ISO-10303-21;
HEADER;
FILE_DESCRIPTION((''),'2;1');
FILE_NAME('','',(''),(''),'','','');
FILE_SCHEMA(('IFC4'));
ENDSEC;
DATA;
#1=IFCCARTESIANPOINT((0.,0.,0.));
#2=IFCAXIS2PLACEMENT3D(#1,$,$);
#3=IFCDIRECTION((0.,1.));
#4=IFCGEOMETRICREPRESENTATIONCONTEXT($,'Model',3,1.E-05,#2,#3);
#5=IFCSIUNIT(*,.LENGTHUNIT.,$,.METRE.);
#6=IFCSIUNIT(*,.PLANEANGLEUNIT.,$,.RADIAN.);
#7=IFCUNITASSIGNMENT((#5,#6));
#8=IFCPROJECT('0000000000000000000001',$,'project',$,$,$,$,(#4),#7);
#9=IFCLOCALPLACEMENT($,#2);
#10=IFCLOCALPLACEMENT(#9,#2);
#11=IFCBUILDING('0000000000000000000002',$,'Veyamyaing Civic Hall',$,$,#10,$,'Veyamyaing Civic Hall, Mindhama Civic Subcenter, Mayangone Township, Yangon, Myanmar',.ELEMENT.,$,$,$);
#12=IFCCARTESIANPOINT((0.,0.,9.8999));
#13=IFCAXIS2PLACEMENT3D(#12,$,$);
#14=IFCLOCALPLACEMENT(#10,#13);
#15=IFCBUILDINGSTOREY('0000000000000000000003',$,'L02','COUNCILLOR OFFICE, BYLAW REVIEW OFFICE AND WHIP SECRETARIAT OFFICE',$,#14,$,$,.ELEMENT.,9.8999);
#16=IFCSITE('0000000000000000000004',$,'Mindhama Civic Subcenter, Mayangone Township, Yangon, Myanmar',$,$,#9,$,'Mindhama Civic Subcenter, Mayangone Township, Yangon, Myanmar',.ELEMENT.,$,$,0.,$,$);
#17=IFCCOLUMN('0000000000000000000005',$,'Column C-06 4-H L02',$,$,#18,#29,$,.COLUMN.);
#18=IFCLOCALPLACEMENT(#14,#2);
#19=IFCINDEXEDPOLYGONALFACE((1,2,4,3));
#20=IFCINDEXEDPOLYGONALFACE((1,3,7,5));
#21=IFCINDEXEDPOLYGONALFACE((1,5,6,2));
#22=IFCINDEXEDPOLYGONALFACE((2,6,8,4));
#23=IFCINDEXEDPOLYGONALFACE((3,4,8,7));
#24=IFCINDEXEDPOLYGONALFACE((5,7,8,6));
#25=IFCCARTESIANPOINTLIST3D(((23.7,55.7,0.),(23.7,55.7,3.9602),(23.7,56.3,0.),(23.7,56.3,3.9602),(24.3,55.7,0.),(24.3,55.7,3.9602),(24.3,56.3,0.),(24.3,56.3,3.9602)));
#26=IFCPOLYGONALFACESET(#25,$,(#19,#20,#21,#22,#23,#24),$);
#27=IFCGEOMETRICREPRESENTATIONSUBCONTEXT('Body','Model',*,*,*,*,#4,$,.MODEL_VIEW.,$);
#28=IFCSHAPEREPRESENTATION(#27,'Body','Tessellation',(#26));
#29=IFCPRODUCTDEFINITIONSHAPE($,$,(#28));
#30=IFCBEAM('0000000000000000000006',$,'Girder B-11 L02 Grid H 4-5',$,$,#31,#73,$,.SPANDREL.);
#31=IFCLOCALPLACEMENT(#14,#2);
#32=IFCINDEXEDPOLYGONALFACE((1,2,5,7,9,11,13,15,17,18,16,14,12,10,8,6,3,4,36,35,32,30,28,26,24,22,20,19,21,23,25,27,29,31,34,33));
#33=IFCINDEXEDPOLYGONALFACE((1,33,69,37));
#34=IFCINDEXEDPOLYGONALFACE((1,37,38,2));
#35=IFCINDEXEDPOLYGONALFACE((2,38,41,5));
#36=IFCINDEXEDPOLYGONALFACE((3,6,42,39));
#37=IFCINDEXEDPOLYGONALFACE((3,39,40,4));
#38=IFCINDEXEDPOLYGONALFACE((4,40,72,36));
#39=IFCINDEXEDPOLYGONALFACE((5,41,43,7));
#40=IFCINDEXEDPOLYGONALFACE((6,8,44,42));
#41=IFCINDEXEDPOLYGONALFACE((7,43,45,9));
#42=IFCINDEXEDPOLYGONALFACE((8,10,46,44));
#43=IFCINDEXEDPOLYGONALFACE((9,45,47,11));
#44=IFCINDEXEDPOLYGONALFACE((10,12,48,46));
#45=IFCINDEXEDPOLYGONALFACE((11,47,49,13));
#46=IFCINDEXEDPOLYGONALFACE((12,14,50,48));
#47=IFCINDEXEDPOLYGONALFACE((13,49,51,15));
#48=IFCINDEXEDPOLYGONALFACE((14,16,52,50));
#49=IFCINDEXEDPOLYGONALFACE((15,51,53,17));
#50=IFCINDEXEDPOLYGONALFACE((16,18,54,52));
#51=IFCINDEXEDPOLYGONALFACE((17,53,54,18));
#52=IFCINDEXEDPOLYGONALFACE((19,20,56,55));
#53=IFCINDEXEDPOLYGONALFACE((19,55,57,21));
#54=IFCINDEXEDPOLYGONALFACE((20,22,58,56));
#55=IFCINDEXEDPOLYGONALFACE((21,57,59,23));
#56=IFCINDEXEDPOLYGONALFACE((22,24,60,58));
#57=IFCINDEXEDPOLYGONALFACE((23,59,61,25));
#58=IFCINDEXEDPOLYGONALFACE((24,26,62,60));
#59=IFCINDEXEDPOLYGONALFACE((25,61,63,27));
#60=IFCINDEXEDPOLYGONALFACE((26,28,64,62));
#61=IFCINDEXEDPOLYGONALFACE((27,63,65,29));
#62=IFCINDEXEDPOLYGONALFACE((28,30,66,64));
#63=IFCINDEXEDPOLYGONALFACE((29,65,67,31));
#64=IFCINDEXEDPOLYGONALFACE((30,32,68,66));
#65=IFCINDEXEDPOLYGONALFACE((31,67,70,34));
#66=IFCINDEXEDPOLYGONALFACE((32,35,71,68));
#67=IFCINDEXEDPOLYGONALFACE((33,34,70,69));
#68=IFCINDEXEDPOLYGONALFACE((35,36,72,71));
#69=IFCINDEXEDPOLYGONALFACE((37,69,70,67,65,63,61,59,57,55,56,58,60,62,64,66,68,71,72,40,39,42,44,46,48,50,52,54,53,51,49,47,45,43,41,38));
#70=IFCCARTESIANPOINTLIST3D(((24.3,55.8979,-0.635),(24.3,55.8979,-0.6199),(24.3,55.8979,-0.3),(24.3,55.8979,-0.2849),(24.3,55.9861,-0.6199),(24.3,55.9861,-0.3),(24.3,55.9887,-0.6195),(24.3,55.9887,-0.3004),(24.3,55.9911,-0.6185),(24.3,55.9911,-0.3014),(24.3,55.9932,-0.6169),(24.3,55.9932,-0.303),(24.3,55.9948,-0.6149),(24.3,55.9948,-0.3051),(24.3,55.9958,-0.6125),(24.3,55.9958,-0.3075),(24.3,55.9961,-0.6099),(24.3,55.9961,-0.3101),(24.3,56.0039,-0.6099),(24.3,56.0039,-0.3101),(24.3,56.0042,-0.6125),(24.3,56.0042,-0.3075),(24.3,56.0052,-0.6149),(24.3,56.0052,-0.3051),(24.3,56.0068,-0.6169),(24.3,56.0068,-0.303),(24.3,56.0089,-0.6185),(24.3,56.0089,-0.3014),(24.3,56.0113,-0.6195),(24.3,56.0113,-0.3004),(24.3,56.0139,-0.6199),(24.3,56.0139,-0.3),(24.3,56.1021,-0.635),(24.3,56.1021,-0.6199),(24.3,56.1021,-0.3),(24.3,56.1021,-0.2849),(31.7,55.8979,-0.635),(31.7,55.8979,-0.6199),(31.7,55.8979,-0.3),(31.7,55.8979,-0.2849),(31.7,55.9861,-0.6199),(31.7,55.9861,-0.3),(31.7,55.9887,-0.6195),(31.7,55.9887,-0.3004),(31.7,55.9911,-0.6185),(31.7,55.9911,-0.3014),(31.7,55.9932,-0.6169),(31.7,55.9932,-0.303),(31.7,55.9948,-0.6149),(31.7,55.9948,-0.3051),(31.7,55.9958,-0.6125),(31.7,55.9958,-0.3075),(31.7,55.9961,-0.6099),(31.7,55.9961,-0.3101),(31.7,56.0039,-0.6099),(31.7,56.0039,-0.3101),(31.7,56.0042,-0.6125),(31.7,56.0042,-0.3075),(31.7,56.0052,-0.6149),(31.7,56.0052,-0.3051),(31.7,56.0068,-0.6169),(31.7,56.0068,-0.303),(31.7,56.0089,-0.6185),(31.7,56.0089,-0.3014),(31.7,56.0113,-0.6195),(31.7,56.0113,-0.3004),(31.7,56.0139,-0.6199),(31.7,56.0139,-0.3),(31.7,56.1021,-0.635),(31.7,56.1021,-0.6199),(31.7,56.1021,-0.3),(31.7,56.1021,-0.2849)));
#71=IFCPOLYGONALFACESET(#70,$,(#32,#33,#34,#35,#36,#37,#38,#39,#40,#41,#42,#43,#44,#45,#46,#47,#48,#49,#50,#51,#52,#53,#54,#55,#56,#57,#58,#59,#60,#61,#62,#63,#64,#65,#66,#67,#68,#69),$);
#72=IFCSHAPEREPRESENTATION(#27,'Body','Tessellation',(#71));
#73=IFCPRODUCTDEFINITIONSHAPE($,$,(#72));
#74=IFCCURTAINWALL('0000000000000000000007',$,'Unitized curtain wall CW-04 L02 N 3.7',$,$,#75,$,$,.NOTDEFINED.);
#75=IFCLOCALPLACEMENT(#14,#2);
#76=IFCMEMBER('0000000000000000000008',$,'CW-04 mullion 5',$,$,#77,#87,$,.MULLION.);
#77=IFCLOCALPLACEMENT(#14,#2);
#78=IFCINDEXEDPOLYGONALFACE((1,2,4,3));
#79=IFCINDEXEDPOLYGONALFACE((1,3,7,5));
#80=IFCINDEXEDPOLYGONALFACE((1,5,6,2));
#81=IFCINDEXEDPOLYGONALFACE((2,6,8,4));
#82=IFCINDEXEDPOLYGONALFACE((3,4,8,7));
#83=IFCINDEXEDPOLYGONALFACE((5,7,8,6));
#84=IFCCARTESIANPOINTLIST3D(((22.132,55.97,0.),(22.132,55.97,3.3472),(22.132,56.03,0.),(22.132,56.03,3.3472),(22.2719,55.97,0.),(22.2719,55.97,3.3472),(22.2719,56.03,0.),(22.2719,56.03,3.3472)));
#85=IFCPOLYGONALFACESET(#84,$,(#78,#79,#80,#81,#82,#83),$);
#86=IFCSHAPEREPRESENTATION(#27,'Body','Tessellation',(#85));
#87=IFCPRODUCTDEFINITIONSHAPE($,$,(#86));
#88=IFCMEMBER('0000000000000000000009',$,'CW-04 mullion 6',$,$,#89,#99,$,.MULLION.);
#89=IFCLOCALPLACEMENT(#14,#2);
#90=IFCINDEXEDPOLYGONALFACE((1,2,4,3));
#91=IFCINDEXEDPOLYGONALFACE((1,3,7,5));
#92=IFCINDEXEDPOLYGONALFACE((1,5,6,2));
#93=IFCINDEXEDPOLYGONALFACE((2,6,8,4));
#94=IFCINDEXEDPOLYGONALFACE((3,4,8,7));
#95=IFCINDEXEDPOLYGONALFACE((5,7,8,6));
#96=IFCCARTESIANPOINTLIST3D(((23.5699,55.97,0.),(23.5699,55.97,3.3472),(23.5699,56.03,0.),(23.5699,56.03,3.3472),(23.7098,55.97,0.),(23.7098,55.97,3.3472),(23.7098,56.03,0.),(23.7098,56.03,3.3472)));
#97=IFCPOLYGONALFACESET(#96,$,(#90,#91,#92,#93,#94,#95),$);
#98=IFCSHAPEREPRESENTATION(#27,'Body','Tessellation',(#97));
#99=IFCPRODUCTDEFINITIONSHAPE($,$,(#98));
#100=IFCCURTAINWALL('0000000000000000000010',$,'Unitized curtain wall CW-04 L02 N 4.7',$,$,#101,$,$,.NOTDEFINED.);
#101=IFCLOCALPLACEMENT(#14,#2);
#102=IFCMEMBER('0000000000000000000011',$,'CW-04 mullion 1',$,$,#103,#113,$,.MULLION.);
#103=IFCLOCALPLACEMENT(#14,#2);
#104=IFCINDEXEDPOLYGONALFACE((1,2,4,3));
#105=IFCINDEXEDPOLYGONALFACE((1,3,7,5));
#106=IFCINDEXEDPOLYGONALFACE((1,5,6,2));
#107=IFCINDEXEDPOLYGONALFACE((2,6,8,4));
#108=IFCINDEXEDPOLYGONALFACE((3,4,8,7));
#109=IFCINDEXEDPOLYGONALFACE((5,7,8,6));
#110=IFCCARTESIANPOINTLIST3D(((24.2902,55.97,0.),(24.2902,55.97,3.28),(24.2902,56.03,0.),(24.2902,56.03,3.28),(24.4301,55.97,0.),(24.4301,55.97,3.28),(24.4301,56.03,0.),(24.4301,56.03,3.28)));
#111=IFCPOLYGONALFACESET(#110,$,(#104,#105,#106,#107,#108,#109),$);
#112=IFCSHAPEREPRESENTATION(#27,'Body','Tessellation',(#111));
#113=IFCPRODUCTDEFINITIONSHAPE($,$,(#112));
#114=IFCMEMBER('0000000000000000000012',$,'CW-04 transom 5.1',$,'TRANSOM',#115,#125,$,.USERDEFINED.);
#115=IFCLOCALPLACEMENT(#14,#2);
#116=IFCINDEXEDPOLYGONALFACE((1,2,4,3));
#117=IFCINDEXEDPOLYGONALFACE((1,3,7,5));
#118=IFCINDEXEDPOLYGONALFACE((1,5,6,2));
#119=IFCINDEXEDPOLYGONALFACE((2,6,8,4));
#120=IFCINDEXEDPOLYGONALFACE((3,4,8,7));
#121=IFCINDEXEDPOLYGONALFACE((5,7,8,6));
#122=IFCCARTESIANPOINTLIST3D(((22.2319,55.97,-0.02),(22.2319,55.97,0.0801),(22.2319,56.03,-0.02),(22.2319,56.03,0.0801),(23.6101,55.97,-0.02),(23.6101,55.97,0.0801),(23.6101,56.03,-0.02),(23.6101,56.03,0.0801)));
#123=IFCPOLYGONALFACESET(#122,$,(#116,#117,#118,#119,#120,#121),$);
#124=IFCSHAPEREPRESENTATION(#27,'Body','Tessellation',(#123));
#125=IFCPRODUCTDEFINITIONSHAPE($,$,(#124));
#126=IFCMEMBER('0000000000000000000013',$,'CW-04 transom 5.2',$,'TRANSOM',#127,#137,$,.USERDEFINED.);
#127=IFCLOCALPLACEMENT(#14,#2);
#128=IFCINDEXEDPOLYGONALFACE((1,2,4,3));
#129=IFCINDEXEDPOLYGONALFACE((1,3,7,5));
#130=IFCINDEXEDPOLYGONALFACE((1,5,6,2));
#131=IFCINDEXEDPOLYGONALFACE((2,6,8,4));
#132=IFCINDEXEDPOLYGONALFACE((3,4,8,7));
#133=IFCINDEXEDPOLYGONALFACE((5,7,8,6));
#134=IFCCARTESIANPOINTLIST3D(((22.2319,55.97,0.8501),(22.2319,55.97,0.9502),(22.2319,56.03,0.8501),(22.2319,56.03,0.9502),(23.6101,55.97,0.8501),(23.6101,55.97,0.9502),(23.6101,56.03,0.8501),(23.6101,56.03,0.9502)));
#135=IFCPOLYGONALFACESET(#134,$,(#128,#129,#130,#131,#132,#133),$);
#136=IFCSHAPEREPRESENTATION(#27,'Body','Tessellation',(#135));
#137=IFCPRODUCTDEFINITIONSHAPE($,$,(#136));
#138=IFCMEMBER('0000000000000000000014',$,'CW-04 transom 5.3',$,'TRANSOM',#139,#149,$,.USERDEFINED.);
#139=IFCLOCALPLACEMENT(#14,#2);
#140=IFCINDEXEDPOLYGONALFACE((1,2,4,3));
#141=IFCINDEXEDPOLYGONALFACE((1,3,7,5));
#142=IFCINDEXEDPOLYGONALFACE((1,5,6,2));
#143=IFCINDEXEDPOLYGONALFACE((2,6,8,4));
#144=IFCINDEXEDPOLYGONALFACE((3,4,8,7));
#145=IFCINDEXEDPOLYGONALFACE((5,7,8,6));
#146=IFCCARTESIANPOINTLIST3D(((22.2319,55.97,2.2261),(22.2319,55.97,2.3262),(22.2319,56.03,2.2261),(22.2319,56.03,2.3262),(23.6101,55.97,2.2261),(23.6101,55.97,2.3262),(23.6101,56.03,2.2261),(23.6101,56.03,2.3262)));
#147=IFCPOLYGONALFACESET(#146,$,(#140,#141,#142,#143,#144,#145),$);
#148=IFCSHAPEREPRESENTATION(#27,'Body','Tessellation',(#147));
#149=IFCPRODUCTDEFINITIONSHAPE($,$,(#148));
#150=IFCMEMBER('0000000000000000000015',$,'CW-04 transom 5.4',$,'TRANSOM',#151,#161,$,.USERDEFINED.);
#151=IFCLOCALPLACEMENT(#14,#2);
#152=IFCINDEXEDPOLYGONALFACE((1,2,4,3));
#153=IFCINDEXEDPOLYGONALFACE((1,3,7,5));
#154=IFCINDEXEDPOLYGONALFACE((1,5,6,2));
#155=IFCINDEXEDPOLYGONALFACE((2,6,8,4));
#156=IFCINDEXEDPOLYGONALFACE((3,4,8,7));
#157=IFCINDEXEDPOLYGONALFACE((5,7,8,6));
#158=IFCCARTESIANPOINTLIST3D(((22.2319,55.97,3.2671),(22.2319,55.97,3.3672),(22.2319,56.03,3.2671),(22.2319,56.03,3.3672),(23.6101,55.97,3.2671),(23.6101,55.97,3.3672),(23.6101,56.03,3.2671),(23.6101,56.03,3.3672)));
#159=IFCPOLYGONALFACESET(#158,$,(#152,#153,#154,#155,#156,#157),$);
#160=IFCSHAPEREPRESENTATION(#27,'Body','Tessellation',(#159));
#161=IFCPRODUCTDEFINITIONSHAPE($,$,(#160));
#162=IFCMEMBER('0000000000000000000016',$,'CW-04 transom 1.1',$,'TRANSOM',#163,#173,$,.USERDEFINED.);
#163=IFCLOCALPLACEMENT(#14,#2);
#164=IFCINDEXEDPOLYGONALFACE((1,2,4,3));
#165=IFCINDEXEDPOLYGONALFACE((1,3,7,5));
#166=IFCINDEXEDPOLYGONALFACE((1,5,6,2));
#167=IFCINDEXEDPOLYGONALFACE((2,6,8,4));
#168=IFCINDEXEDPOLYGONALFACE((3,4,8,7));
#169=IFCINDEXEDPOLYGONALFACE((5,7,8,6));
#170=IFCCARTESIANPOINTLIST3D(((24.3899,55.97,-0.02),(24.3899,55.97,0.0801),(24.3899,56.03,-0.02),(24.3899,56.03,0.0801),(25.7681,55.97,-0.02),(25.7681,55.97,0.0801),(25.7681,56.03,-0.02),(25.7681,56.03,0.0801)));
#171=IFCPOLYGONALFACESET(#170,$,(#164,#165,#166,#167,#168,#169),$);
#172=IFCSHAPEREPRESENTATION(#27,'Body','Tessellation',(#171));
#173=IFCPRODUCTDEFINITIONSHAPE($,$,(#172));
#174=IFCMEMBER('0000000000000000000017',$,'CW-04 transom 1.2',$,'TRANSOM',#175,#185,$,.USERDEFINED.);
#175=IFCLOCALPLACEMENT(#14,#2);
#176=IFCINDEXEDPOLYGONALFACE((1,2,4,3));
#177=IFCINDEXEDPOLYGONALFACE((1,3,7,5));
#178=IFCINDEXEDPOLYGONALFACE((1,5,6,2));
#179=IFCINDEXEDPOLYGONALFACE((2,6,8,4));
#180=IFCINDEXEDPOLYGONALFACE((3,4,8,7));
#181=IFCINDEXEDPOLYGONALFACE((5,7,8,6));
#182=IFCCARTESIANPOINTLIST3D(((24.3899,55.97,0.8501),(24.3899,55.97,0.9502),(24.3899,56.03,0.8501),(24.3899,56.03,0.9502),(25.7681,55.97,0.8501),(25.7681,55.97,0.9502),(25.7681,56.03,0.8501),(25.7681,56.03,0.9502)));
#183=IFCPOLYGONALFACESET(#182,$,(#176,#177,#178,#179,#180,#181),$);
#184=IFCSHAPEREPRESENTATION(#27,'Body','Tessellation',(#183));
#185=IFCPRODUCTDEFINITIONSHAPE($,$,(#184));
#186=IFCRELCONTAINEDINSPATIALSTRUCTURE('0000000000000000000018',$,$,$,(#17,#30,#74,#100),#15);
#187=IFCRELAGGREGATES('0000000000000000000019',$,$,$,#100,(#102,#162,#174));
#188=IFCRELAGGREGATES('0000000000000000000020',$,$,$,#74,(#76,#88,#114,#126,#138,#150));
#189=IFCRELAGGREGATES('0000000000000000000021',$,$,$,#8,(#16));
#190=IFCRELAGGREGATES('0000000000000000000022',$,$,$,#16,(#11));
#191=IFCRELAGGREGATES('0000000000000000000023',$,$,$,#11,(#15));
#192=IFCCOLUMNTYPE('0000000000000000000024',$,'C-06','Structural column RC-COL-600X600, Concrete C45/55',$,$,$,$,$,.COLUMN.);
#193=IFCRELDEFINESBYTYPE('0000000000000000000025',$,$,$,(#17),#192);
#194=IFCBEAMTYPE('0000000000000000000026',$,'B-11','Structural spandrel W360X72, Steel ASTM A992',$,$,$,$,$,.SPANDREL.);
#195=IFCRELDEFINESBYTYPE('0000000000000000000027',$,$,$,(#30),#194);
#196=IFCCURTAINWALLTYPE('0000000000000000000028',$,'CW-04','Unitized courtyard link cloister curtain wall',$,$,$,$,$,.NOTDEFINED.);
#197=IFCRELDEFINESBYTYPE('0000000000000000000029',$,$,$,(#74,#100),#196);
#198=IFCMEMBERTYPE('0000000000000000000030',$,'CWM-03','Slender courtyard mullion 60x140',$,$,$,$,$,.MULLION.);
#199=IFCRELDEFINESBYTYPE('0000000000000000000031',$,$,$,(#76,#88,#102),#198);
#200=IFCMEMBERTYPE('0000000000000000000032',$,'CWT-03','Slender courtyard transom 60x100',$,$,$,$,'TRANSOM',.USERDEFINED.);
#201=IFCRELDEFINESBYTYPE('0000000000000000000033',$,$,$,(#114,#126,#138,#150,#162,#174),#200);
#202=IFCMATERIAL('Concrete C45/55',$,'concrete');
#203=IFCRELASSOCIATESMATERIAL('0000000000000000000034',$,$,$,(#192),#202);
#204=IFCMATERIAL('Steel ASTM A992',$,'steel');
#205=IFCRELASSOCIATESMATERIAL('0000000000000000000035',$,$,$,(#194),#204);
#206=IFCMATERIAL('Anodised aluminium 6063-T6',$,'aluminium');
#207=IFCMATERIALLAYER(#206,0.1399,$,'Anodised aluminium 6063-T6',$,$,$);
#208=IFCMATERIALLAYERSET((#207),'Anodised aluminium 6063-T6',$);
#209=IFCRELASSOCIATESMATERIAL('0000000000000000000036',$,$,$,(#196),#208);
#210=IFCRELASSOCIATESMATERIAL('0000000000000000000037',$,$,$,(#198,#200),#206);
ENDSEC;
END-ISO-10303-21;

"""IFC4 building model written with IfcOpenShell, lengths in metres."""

from ifc_helpers import new_model, si_unit, direction, frame, origin, origin_2d, place, context, subcontext, project, spatial, rectangle, i_section, extrude, material, layer, layer_set, material_profile, profile_set, type_object, element, aggregate, save


model = new_model("IFC4")

# Units and contexts
model_context = context("Model", 3, precision=1e-05, world=origin(), true_north=direction((0.0, 1.0)))
body_context = subcontext(model_context, "Body", "Model", "MODEL_VIEW")
ifc_project = project(units=[si_unit("LENGTHUNIT", "METRE"), si_unit("PLANEANGLEUNIT", "RADIAN")], contexts=[model_context])

# Site, building, storey
site_placement = place(None, origin())
site = spatial("IfcSite", under=ifc_project, at=site_placement, Name="Mindhama Civic Subcenter, Mayangone Township, Yangon, Myanmar", LongName="Mindhama Civic Subcenter, Mayangone Township, Yangon, Myanmar", CompositionType="ELEMENT", RefElevation=0.0)
building_placement = place(site_placement, origin())
building = spatial("IfcBuilding", under=site, at=building_placement, Name="Veyamyaing Civic Hall", LongName="Veyamyaing Civic Hall, Mindhama Civic Subcenter, Mayangone Township, Yangon, Myanmar", CompositionType="ELEMENT")
storey_placement = place(building_placement, frame((0.0, 0.0, 9.8999)))
storey = spatial("IfcBuildingStorey", under=building, at=storey_placement, Name="L02", Description="COUNCILLOR OFFICE, BYLAW REVIEW OFFICE AND WHIP SECRETARIAT OFFICE", CompositionType="ELEMENT", Elevation=9.8999)

# Column
ifc_material_1 = material(Name="Concrete C45/55", Category="concrete")
ifc_material_profile_1 = material_profile(ifc_material_1, rectangle(XDim=0.6001, YDim=0.6001, at=origin_2d()), Name="RC-COL-600X600")
ifc_profile_set_1 = profile_set([ifc_material_profile_1], Name="Concrete C45/55")
column_type = type_object("IfcColumnType", Name="C-06", Description="Structural column RC-COL-600X600, Concrete C45/55", PredefinedType="COLUMN", material=ifc_profile_set_1)
column_placement = place(storey_placement, frame((24.0, 56.0, 0.0), z_axis=(0.0, 0.0, 1.0), x_axis=(1.0, 0.0, 0.0)))
element("IfcColumn", 1, at=column_placement, inside=storey, type_object=column_type, Name="Column C-06 4-H L02", PredefinedType="COLUMN", context=body_context, shape_type="SweptSolid", body=[
    extrude(rectangle(XDim=0.6001, YDim=0.6001, at=origin_2d()), origin(), (0.0, 0.0, 1.0), 3.9602),
])

# Beam
ifc_material_2 = material(Name="Steel ASTM A992", Category="steel")
ifc_material_profile_2 = material_profile(ifc_material_2, i_section(OverallWidth=0.2041, OverallDepth=0.3501, WebThickness=0.0078, FlangeThickness=0.0151, FilletRadius=0.01, at=origin_2d()), Name="W360X72")
ifc_profile_set_2 = profile_set([ifc_material_profile_2], Name="Steel ASTM A992")
beam_type_1 = type_object("IfcBeamType", Name="B-11", Description="Structural spandrel W360X72, Steel ASTM A992", PredefinedType="SPANDREL", material=ifc_profile_set_2)
beam_1_placement = place(storey_placement, frame((24.3, 56.0, -0.46), z_axis=(1.0, 0.0, 0.0), x_axis=(0.0, 1.0, 0.0)))
element("IfcBeam", 2, at=beam_1_placement, inside=storey, type_object=beam_type_1, Name="Girder B-11 L02 Grid H 4-5", PredefinedType="SPANDREL", context=body_context, shape_type="SweptSolid", body=[
    extrude(i_section(OverallWidth=0.2041, OverallDepth=0.3501, WebThickness=0.0078, FlangeThickness=0.0151, FilletRadius=0.01, at=origin_2d()), origin(), (0.0, 0.0, 1.0), 7.3999),
])

# Curtain wall, members
ifc_material_3 = material(Name="Anodised aluminium 6063-T6", Category="aluminium")
ifc_layer_1 = layer(ifc_material_3, 0.1399, Name="Anodised aluminium 6063-T6")
ifc_layer_set_1 = layer_set([ifc_layer_1], Name="Anodised aluminium 6063-T6")
curtain_wall_type = type_object("IfcCurtainWallType", Name="CW-04", Description="Unitized courtyard link cloister curtain wall", PredefinedType="NOTDEFINED", material=ifc_layer_set_1)
curtain_wall_1_placement = place(storey_placement, origin())
curtain_wall_1 = element("IfcCurtainWall", 3, at=curtain_wall_1_placement, inside=storey, type_object=curtain_wall_type, Name="Unitized curtain wall CW-04 L02 N 3.7", PredefinedType="NOTDEFINED")
ifc_material_profile_3 = material_profile(ifc_material_3, rectangle(XDim=0.0601, YDim=0.1399, at=origin_2d()), Name="ALU-MUL-60X140")
ifc_profile_set_3 = profile_set([ifc_material_profile_3], Name="Anodised aluminium 6063-T6")
member_type_1 = type_object("IfcMemberType", Name="CWM-03", Description="Slender courtyard mullion 60x140", PredefinedType="MULLION", material=ifc_profile_set_3)
member_1_placement = place(storey_placement, frame((22.2019, 56.0, 0.0), z_axis=(0.0, 0.0, 1.0), x_axis=(0.0, 1.0, 0.0)))
member_1 = element("IfcMember", 4, at=member_1_placement, type_object=member_type_1, Name="CW-04 mullion 5", PredefinedType="MULLION", context=body_context, shape_type="SweptSolid", body=[
    extrude(rectangle(XDim=0.0601, YDim=0.1399, at=origin_2d()), origin(), (0.0, 0.0, 1.0), 3.3472),
])
member_2_placement = place(storey_placement, frame((23.6399, 56.0, 0.0), z_axis=(0.0, 0.0, 1.0), x_axis=(0.0, 1.0, 0.0)))
member_2 = element("IfcMember", 5, at=member_2_placement, type_object=member_type_1, Name="CW-04 mullion 6", PredefinedType="MULLION", context=body_context, shape_type="SweptSolid", body=[
    extrude(rectangle(XDim=0.0601, YDim=0.1399, at=origin_2d()), origin(), (0.0, 0.0, 1.0), 3.3472),
])

# Curtain wall, member
curtain_wall_2_placement = place(storey_placement, origin())
curtain_wall_2 = element("IfcCurtainWall", 6, at=curtain_wall_2_placement, inside=storey, type_object=curtain_wall_type, Name="Unitized curtain wall CW-04 L02 N 4.7", PredefinedType="NOTDEFINED")
member_3_placement = place(storey_placement, frame((24.3601, 56.0, 0.0), z_axis=(0.0, 0.0, 1.0), x_axis=(0.0, 1.0, 0.0)))
member_3 = element("IfcMember", 7, at=member_3_placement, type_object=member_type_1, Name="CW-04 mullion 1", PredefinedType="MULLION", context=body_context, shape_type="SweptSolid", body=[
    extrude(rectangle(XDim=0.0601, YDim=0.1399, at=origin_2d()), origin(), (0.0, 0.0, 1.0), 3.28),
])

# Members
ifc_material_profile_4 = material_profile(ifc_material_3, rectangle(XDim=0.0601, YDim=0.1001, at=origin_2d()), Name="ALU-TRN-60X100")
ifc_profile_set_4 = profile_set([ifc_material_profile_4], Name="Anodised aluminium 6063-T6")
member_type_2 = type_object("IfcMemberType", Name="CWT-03", Description="Slender courtyard transom 60x100", ElementType="TRANSOM", PredefinedType="USERDEFINED", material=ifc_profile_set_4)
member_4_placement = place(storey_placement, frame((22.2319, 56.0, 0.03), z_axis=(1.0, 0.0, 0.0), x_axis=(0.0, 1.0, 0.0)))
member_4 = element("IfcMember", 8, at=member_4_placement, type_object=member_type_2, Name="CW-04 transom 5.1", ObjectType="TRANSOM", PredefinedType="USERDEFINED", context=body_context, shape_type="SweptSolid", body=[
    extrude(rectangle(XDim=0.0601, YDim=0.1001, at=origin_2d()), origin(), (0.0, 0.0, 1.0), 1.3782),
])
member_5_placement = place(storey_placement, frame((22.2319, 56.0, 0.9001), z_axis=(1.0, 0.0, 0.0), x_axis=(0.0, 1.0, 0.0)))
member_5 = element("IfcMember", 9, at=member_5_placement, type_object=member_type_2, Name="CW-04 transom 5.2", ObjectType="TRANSOM", PredefinedType="USERDEFINED", context=body_context, shape_type="SweptSolid", body=[
    extrude(rectangle(XDim=0.0601, YDim=0.1001, at=origin_2d()), origin(), (0.0, 0.0, 1.0), 1.3782),
])
member_6_placement = place(storey_placement, frame((22.2319, 56.0, 2.2761), z_axis=(1.0, 0.0, 0.0), x_axis=(0.0, 1.0, 0.0)))
member_6 = element("IfcMember", 10, at=member_6_placement, type_object=member_type_2, Name="CW-04 transom 5.3", ObjectType="TRANSOM", PredefinedType="USERDEFINED", context=body_context, shape_type="SweptSolid", body=[
    extrude(rectangle(XDim=0.0601, YDim=0.1001, at=origin_2d()), origin(), (0.0, 0.0, 1.0), 1.3782),
])
member_7_placement = place(storey_placement, frame((22.2319, 56.0, 3.3171), z_axis=(1.0, 0.0, 0.0), x_axis=(0.0, 1.0, 0.0)))
member_7 = element("IfcMember", 11, at=member_7_placement, type_object=member_type_2, Name="CW-04 transom 5.4", ObjectType="TRANSOM", PredefinedType="USERDEFINED", context=body_context, shape_type="SweptSolid", body=[
    extrude(rectangle(XDim=0.0601, YDim=0.1001, at=origin_2d()), origin(), (0.0, 0.0, 1.0), 1.3782),
])
member_8_placement = place(storey_placement, frame((24.3899, 56.0, 0.03), z_axis=(1.0, 0.0, 0.0), x_axis=(0.0, 1.0, 0.0)))
member_8 = element("IfcMember", 12, at=member_8_placement, type_object=member_type_2, Name="CW-04 transom 1.1", ObjectType="TRANSOM", PredefinedType="USERDEFINED", context=body_context, shape_type="SweptSolid", body=[
    extrude(rectangle(XDim=0.0601, YDim=0.1001, at=origin_2d()), origin(), (0.0, 0.0, 1.0), 1.3782),
])
member_9_placement = place(storey_placement, frame((24.3899, 56.0, 0.9001), z_axis=(1.0, 0.0, 0.0), x_axis=(0.0, 1.0, 0.0)))
member_9 = element("IfcMember", 13, at=member_9_placement, type_object=member_type_2, Name="CW-04 transom 1.2", ObjectType="TRANSOM", PredefinedType="USERDEFINED", context=body_context, shape_type="SweptSolid", body=[
    extrude(rectangle(XDim=0.0601, YDim=0.1001, at=origin_2d()), origin(), (0.0, 0.0, 1.0), 1.3782),
])
aggregate(curtain_wall_2, [member_3, member_8, member_9])

aggregate(curtain_wall_1, [member_1, member_2, member_4, member_5, member_6, member_7])

save(model, "model.ifc")
